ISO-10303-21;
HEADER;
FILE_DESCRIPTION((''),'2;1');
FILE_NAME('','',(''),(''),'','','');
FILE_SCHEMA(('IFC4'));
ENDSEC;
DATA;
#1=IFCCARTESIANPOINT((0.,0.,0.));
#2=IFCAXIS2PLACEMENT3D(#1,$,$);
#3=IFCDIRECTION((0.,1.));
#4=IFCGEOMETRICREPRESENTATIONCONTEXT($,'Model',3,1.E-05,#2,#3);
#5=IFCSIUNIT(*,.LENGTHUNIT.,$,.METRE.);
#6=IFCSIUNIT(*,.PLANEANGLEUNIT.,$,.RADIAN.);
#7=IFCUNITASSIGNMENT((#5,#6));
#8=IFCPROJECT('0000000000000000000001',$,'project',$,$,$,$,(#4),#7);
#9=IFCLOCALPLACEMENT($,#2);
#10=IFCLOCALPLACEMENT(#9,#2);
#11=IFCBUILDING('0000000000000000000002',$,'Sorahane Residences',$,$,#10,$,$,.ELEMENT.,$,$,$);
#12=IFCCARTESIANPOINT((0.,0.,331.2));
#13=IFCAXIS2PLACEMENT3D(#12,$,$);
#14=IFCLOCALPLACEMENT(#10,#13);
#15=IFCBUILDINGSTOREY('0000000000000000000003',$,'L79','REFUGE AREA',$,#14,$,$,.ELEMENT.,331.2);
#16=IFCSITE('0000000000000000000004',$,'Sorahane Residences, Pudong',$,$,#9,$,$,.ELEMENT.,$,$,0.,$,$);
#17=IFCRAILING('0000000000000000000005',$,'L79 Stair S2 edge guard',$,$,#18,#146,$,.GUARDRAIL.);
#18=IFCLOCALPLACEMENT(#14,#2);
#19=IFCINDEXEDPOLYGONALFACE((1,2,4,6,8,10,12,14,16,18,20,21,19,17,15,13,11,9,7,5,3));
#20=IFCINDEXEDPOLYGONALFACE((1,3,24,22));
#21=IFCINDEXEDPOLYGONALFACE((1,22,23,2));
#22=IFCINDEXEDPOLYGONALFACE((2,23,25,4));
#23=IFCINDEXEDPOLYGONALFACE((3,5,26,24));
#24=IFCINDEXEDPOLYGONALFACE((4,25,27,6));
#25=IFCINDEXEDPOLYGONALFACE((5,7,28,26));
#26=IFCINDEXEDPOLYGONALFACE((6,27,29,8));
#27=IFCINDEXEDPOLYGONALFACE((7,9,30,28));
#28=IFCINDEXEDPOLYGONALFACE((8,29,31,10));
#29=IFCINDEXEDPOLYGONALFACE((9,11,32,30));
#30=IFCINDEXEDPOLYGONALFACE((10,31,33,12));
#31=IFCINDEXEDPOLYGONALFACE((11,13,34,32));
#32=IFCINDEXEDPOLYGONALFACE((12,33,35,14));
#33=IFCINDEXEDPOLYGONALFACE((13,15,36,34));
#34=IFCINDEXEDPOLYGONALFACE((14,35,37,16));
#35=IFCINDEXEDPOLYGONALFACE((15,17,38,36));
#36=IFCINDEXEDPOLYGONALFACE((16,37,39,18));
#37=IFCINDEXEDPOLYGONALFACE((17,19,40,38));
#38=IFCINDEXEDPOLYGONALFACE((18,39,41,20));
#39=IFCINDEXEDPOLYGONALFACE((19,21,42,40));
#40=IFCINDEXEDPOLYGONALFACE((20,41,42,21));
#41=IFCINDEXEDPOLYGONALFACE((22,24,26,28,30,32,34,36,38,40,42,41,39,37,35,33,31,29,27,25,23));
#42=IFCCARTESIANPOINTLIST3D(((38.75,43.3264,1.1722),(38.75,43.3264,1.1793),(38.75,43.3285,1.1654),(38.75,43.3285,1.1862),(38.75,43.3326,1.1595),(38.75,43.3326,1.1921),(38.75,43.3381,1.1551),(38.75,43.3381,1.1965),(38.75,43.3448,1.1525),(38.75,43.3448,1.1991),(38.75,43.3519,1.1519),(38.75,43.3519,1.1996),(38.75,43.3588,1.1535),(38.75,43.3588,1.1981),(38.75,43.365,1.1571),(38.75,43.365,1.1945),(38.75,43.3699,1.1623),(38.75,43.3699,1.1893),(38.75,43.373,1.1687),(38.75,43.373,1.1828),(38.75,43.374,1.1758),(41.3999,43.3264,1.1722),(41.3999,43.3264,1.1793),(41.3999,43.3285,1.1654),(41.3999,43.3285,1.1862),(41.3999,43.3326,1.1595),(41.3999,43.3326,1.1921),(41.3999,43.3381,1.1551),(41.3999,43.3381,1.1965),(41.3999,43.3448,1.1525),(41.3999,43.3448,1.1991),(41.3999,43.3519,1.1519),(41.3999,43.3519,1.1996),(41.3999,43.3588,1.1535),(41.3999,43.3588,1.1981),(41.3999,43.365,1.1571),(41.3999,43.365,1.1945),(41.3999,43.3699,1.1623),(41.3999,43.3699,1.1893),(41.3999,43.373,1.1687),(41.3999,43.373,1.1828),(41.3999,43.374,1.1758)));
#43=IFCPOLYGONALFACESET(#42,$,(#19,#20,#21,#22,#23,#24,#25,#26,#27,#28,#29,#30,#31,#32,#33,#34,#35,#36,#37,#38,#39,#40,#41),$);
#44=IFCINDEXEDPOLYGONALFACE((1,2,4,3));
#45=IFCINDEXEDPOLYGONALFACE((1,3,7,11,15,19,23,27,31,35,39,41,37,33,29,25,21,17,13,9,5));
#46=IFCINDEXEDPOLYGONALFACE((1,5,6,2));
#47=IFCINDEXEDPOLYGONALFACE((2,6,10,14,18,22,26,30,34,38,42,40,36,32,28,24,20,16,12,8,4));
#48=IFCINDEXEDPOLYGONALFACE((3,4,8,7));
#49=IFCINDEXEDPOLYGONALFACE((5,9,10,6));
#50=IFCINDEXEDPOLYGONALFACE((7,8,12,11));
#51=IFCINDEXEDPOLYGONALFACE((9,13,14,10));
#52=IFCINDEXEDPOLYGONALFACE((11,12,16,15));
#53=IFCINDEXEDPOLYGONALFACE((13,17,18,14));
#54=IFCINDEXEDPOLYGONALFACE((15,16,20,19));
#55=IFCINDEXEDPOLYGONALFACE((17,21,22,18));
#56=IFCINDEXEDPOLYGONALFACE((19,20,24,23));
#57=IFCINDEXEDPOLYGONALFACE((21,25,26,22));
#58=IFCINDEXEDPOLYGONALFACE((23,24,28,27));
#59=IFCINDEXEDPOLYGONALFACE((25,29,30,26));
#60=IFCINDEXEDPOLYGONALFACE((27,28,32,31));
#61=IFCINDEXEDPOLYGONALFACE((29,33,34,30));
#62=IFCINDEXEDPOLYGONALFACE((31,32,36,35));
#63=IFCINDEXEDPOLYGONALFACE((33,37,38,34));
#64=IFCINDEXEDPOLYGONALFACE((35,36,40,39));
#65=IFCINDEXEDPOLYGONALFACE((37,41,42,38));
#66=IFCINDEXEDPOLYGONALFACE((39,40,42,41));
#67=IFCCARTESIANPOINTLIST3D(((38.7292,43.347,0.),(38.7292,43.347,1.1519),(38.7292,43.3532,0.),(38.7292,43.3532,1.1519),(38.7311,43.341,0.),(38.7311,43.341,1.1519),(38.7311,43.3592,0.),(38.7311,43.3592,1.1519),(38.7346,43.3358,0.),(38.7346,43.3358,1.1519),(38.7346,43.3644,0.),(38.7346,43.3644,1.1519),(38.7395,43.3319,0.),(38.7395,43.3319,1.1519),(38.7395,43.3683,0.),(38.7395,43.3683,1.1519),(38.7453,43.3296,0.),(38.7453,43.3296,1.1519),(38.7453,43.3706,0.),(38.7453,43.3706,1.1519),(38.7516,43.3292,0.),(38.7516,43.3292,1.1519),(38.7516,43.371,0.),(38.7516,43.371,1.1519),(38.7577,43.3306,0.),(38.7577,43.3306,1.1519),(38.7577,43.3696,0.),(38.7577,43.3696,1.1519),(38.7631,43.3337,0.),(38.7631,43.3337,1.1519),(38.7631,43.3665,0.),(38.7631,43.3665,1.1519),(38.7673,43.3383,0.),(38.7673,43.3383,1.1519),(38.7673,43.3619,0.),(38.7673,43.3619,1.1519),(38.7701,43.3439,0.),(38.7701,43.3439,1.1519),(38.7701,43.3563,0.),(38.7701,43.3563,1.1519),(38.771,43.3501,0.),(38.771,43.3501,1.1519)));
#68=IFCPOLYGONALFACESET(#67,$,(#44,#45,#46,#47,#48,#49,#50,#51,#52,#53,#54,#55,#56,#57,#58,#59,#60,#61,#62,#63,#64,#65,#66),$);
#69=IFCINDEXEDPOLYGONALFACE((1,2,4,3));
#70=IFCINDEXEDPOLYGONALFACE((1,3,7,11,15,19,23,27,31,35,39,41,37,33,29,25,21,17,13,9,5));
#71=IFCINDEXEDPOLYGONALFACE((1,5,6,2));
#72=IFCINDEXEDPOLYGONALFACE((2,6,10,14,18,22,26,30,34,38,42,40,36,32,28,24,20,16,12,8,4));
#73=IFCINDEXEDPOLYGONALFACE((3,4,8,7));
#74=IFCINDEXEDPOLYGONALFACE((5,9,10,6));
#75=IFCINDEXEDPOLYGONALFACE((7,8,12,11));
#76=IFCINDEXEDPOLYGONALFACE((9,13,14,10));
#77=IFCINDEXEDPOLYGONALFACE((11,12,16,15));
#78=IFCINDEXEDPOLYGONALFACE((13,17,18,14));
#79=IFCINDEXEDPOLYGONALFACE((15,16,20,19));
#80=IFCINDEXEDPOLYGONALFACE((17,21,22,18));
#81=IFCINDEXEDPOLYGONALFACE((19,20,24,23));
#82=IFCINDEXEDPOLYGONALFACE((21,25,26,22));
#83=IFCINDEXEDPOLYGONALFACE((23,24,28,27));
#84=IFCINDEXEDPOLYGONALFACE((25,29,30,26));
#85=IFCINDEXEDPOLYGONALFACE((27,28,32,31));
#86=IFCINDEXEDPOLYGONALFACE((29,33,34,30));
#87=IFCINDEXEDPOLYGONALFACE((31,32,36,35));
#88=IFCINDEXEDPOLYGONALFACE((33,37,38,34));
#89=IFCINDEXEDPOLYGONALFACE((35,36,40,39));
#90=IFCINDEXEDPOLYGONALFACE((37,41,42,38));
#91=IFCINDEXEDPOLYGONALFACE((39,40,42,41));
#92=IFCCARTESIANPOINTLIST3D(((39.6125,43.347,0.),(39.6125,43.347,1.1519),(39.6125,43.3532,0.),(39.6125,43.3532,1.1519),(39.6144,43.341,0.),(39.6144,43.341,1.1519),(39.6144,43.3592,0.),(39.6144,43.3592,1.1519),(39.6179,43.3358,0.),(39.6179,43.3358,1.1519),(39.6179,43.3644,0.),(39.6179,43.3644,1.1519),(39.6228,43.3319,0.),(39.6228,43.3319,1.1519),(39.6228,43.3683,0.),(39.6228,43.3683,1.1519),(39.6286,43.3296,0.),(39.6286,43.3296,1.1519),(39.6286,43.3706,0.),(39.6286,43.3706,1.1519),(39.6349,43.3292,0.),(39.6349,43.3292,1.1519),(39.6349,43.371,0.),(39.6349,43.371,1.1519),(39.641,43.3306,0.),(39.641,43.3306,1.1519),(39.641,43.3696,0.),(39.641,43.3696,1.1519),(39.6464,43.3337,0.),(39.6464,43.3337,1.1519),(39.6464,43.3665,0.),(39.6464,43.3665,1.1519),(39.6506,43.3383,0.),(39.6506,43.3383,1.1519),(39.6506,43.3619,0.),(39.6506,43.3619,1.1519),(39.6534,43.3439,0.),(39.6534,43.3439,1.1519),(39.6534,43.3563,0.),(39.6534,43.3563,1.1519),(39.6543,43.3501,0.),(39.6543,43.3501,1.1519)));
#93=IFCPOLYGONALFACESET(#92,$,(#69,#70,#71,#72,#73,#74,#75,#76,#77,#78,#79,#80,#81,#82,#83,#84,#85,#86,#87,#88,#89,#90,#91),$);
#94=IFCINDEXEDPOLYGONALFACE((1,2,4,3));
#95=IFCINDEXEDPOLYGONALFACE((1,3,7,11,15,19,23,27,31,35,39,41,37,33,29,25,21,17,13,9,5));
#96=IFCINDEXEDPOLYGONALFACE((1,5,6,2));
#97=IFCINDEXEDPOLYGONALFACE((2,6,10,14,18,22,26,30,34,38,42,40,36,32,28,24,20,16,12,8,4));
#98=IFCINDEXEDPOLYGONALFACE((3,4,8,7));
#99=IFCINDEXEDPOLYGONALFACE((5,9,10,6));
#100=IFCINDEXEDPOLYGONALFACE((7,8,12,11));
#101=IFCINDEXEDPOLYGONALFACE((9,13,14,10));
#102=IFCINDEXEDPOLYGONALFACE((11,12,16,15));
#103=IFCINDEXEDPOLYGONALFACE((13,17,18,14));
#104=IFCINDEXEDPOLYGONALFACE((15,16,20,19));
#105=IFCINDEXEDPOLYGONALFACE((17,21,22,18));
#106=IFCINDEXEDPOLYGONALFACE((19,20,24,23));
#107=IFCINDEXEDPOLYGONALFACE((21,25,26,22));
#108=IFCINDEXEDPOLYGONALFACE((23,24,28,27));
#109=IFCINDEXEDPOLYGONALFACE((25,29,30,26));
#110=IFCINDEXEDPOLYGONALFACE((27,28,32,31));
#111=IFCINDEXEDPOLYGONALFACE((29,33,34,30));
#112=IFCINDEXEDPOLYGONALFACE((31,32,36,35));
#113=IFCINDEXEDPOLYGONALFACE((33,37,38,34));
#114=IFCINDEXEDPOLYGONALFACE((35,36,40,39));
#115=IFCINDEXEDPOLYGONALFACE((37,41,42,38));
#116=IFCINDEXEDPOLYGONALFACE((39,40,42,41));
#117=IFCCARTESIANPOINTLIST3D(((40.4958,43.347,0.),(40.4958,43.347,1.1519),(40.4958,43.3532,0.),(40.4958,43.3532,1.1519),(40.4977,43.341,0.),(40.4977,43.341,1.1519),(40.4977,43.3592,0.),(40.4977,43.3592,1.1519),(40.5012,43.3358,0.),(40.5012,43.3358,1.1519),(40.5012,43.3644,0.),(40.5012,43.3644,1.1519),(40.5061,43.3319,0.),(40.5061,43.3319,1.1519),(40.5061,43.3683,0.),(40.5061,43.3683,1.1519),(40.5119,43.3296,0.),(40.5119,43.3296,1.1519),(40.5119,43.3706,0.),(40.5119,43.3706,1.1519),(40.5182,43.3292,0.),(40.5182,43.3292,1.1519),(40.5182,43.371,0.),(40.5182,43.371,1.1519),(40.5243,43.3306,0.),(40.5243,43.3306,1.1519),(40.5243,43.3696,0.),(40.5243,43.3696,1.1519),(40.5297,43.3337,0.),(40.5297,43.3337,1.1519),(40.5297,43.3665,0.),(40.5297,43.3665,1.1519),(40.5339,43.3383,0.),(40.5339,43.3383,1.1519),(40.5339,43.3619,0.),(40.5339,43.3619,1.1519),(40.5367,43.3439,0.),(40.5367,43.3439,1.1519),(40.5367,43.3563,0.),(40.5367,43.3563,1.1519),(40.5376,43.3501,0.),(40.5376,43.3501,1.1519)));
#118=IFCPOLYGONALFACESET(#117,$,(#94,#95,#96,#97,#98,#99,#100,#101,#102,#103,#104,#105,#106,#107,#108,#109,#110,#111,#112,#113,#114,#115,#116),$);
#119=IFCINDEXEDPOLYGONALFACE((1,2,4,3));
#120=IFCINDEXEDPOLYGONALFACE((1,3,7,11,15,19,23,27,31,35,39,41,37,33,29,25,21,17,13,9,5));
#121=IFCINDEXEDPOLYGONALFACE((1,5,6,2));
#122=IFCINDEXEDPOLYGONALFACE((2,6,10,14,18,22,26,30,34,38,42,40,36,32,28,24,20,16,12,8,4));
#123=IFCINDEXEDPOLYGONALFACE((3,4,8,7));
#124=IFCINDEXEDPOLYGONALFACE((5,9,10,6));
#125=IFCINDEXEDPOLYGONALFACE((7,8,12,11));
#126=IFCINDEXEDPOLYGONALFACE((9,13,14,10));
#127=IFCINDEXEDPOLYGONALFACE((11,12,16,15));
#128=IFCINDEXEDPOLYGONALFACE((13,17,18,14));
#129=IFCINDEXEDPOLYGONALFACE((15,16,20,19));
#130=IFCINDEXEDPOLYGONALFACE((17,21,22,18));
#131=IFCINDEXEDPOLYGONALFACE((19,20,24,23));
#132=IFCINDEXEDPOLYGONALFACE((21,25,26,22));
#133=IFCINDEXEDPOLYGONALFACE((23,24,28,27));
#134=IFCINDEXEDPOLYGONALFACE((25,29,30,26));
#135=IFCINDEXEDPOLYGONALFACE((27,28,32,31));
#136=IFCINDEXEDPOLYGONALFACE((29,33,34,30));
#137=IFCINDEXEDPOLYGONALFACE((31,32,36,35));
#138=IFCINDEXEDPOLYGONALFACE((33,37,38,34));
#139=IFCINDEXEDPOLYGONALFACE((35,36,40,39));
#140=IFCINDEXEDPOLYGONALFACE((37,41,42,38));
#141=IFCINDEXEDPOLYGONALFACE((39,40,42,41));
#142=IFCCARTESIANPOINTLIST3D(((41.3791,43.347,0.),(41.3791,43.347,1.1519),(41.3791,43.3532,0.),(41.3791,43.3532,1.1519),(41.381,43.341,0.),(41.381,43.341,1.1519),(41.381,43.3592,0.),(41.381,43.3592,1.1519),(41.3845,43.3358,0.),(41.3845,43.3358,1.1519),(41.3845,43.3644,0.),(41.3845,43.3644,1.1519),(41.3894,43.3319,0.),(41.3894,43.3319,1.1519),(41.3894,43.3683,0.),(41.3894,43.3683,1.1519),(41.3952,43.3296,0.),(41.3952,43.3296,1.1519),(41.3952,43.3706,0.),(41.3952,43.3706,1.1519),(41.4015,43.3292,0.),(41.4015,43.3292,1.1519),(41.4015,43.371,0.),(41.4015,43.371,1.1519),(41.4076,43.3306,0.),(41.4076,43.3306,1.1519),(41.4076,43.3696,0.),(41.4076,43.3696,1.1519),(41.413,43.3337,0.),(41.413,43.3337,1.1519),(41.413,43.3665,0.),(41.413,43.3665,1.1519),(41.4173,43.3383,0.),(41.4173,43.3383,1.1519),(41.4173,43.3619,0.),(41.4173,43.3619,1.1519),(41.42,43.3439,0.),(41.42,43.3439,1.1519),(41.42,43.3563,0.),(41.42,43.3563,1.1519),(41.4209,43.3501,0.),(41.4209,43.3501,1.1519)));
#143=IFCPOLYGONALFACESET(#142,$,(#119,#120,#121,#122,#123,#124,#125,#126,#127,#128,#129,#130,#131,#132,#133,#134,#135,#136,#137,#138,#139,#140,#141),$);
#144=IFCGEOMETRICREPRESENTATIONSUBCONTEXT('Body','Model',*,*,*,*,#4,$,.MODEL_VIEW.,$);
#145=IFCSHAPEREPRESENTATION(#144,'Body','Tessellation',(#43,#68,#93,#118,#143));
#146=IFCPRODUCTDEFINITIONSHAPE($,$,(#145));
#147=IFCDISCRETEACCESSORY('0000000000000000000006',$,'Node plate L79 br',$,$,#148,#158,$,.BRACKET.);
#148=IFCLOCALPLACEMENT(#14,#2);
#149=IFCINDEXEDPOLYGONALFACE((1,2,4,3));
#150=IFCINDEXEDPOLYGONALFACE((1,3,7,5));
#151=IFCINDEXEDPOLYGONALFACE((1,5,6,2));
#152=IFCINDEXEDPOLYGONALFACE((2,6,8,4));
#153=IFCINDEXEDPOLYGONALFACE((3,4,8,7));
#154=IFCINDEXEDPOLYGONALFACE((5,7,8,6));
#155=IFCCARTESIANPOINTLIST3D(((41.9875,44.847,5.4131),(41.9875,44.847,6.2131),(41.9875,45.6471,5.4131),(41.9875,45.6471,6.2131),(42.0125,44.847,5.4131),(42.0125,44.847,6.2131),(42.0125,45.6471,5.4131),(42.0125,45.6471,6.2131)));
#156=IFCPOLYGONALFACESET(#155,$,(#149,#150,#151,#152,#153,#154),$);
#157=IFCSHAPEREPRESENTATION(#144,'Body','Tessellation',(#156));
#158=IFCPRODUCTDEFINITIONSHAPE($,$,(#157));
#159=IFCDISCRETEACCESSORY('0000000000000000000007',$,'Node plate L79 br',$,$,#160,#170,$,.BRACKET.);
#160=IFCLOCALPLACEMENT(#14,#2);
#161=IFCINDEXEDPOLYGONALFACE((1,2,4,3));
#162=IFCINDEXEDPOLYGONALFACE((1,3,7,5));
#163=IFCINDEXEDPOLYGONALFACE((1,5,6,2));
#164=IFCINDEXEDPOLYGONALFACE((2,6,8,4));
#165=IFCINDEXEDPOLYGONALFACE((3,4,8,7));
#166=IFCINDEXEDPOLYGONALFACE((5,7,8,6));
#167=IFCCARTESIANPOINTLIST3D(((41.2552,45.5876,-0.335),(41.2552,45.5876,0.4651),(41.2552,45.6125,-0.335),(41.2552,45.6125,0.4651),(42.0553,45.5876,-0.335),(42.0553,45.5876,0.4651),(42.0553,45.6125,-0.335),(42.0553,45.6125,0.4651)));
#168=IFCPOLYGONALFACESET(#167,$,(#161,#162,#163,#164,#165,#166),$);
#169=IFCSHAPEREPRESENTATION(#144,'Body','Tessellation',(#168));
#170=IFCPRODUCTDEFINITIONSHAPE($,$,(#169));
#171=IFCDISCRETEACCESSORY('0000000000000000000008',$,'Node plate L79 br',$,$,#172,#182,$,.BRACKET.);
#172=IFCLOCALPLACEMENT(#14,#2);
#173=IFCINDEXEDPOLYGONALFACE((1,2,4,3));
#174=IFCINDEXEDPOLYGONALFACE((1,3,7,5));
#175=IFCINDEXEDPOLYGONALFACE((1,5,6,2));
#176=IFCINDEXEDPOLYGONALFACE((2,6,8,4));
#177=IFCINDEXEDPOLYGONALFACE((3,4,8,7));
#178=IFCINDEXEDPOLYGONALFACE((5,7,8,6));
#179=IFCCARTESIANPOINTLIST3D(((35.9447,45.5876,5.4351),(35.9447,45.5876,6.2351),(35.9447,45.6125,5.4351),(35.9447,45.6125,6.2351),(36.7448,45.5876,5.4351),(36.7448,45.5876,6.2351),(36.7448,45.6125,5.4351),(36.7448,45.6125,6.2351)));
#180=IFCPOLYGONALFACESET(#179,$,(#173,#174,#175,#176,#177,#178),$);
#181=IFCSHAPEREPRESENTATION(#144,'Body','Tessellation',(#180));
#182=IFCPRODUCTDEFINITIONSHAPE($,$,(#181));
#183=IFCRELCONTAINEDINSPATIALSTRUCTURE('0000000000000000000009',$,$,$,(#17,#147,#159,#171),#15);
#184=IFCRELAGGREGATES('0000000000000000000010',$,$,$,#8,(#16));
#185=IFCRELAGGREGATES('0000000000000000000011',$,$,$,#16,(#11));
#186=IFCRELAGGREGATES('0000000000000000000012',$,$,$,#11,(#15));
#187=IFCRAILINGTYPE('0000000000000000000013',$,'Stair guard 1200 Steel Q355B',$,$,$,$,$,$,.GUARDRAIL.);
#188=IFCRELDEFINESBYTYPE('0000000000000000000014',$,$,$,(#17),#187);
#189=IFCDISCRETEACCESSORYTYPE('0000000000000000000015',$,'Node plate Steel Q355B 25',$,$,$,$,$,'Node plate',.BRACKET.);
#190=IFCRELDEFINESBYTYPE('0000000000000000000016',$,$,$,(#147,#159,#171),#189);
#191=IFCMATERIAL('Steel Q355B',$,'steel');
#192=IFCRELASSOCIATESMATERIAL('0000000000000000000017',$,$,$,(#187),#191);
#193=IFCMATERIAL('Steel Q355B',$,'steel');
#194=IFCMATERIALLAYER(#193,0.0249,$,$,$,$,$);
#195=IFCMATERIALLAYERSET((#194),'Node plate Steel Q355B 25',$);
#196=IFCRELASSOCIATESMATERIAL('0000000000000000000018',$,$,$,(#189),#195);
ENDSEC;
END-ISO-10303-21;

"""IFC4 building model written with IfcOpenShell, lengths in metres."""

from ifc_helpers import new_model, si_unit, direction, frame, origin, origin_2d, place, context, subcontext, project, spatial, rectangle, circle, extrude, material, layer, layer_set, type_object, element, save


model = new_model("IFC4")

# Units and contexts
model_context = context("Model", 3, precision=1e-05, world=origin(), true_north=direction((0.0, 1.0)))
body_context = subcontext(model_context, "Body", "Model", "MODEL_VIEW")
ifc_project = project(units=[si_unit("LENGTHUNIT", "METRE"), si_unit("PLANEANGLEUNIT", "RADIAN")], contexts=[model_context])

# Site, building, storey
site_placement = place(None, origin())
site = spatial("IfcSite", under=ifc_project, at=site_placement, Name="Sorahane Residences, Pudong", CompositionType="ELEMENT", RefElevation=0.0)
building_placement = place(site_placement, origin())
building = spatial("IfcBuilding", under=site, at=building_placement, Name="Sorahane Residences", CompositionType="ELEMENT")
storey_placement = place(building_placement, frame((0.0, 0.0, 331.2)))
storey = spatial("IfcBuildingStorey", under=building, at=storey_placement, Name="L79", Description="REFUGE AREA", CompositionType="ELEMENT", Elevation=331.2)

# Railing
ifc_material_1 = material(Name="Steel Q355B", Category="steel")
railing_type = type_object("IfcRailingType", Name="Stair guard 1200 Steel Q355B", PredefinedType="GUARDRAIL", material=ifc_material_1)
for number, where, name in (
    (1, (38.75, 43.3501, 0.0), "L79 Stair S2 edge guard"),
):
    element("IfcRailing", number, at=place(storey_placement, frame(where)), inside=storey, type_object=railing_type, Name=name, PredefinedType="GUARDRAIL", context=body_context, shape_type="SweptSolid", body=[
        extrude(circle(Radius=0.0239, at=origin_2d()), frame((0.0, 0.0, 1.1758), z_axis=(1.0, 0.0, 0.0), x_axis=(0.0, 1.0, 0.0)), (0.0, 0.0, 1.0), 2.6499),
        extrude(circle(Radius=0.021, at=origin_2d()), origin(), (0.0, 0.0, 1.0), 1.1519),
        extrude(circle(Radius=0.021, at=origin_2d()), frame((0.8833, 0.0, 0.0)), (0.0, 0.0, 1.0), 1.1519),
        extrude(circle(Radius=0.021, at=origin_2d()), frame((1.7666, 0.0, 0.0)), (0.0, 0.0, 1.0), 1.1519),
        extrude(circle(Radius=0.021, at=origin_2d()), frame((2.6499, 0.0, 0.0)), (0.0, 0.0, 1.0), 1.1519),
    ])

# Discrete accessories
ifc_material_2 = material(Name="Steel Q355B", Category="steel")
ifc_layer_1 = layer(ifc_material_2, 0.0249)
ifc_layer_set_1 = layer_set([ifc_layer_1], Name="Node plate Steel Q355B 25")
discrete_accessory_type = type_object("IfcDiscreteAccessoryType", Name="Node plate Steel Q355B 25", ElementType="Node plate", PredefinedType="BRACKET", material=ifc_layer_set_1)
for number, where, z_axis, x_axis, name in (
    (2, (42.0, 45.2471, 5.4131), (0.0, 0.0, 1.0), (0.0, 1.0, 0.0), "Node plate L79 br"),
    (3, (41.6553, 45.6001, -0.335), (0.0, 0.0, 1.0), (1.0, 0.0, 0.0), "Node plate L79 br"),
    (4, (36.3447, 45.6001, 5.4351), (0.0, 0.0, 1.0), (1.0, 0.0, 0.0), "Node plate L79 br"),
):
    element("IfcDiscreteAccessory", number, at=place(storey_placement, frame(where, z_axis=z_axis, x_axis=x_axis)), inside=storey, type_object=discrete_accessory_type, Name=name, PredefinedType="BRACKET", context=body_context, shape_type="SweptSolid", body=[
        extrude(rectangle(XDim=0.8, YDim=0.0249, at=origin_2d()), origin(), (0.0, 0.0, 1.0), 0.8),
    ])

save(model, "model.ifc")
